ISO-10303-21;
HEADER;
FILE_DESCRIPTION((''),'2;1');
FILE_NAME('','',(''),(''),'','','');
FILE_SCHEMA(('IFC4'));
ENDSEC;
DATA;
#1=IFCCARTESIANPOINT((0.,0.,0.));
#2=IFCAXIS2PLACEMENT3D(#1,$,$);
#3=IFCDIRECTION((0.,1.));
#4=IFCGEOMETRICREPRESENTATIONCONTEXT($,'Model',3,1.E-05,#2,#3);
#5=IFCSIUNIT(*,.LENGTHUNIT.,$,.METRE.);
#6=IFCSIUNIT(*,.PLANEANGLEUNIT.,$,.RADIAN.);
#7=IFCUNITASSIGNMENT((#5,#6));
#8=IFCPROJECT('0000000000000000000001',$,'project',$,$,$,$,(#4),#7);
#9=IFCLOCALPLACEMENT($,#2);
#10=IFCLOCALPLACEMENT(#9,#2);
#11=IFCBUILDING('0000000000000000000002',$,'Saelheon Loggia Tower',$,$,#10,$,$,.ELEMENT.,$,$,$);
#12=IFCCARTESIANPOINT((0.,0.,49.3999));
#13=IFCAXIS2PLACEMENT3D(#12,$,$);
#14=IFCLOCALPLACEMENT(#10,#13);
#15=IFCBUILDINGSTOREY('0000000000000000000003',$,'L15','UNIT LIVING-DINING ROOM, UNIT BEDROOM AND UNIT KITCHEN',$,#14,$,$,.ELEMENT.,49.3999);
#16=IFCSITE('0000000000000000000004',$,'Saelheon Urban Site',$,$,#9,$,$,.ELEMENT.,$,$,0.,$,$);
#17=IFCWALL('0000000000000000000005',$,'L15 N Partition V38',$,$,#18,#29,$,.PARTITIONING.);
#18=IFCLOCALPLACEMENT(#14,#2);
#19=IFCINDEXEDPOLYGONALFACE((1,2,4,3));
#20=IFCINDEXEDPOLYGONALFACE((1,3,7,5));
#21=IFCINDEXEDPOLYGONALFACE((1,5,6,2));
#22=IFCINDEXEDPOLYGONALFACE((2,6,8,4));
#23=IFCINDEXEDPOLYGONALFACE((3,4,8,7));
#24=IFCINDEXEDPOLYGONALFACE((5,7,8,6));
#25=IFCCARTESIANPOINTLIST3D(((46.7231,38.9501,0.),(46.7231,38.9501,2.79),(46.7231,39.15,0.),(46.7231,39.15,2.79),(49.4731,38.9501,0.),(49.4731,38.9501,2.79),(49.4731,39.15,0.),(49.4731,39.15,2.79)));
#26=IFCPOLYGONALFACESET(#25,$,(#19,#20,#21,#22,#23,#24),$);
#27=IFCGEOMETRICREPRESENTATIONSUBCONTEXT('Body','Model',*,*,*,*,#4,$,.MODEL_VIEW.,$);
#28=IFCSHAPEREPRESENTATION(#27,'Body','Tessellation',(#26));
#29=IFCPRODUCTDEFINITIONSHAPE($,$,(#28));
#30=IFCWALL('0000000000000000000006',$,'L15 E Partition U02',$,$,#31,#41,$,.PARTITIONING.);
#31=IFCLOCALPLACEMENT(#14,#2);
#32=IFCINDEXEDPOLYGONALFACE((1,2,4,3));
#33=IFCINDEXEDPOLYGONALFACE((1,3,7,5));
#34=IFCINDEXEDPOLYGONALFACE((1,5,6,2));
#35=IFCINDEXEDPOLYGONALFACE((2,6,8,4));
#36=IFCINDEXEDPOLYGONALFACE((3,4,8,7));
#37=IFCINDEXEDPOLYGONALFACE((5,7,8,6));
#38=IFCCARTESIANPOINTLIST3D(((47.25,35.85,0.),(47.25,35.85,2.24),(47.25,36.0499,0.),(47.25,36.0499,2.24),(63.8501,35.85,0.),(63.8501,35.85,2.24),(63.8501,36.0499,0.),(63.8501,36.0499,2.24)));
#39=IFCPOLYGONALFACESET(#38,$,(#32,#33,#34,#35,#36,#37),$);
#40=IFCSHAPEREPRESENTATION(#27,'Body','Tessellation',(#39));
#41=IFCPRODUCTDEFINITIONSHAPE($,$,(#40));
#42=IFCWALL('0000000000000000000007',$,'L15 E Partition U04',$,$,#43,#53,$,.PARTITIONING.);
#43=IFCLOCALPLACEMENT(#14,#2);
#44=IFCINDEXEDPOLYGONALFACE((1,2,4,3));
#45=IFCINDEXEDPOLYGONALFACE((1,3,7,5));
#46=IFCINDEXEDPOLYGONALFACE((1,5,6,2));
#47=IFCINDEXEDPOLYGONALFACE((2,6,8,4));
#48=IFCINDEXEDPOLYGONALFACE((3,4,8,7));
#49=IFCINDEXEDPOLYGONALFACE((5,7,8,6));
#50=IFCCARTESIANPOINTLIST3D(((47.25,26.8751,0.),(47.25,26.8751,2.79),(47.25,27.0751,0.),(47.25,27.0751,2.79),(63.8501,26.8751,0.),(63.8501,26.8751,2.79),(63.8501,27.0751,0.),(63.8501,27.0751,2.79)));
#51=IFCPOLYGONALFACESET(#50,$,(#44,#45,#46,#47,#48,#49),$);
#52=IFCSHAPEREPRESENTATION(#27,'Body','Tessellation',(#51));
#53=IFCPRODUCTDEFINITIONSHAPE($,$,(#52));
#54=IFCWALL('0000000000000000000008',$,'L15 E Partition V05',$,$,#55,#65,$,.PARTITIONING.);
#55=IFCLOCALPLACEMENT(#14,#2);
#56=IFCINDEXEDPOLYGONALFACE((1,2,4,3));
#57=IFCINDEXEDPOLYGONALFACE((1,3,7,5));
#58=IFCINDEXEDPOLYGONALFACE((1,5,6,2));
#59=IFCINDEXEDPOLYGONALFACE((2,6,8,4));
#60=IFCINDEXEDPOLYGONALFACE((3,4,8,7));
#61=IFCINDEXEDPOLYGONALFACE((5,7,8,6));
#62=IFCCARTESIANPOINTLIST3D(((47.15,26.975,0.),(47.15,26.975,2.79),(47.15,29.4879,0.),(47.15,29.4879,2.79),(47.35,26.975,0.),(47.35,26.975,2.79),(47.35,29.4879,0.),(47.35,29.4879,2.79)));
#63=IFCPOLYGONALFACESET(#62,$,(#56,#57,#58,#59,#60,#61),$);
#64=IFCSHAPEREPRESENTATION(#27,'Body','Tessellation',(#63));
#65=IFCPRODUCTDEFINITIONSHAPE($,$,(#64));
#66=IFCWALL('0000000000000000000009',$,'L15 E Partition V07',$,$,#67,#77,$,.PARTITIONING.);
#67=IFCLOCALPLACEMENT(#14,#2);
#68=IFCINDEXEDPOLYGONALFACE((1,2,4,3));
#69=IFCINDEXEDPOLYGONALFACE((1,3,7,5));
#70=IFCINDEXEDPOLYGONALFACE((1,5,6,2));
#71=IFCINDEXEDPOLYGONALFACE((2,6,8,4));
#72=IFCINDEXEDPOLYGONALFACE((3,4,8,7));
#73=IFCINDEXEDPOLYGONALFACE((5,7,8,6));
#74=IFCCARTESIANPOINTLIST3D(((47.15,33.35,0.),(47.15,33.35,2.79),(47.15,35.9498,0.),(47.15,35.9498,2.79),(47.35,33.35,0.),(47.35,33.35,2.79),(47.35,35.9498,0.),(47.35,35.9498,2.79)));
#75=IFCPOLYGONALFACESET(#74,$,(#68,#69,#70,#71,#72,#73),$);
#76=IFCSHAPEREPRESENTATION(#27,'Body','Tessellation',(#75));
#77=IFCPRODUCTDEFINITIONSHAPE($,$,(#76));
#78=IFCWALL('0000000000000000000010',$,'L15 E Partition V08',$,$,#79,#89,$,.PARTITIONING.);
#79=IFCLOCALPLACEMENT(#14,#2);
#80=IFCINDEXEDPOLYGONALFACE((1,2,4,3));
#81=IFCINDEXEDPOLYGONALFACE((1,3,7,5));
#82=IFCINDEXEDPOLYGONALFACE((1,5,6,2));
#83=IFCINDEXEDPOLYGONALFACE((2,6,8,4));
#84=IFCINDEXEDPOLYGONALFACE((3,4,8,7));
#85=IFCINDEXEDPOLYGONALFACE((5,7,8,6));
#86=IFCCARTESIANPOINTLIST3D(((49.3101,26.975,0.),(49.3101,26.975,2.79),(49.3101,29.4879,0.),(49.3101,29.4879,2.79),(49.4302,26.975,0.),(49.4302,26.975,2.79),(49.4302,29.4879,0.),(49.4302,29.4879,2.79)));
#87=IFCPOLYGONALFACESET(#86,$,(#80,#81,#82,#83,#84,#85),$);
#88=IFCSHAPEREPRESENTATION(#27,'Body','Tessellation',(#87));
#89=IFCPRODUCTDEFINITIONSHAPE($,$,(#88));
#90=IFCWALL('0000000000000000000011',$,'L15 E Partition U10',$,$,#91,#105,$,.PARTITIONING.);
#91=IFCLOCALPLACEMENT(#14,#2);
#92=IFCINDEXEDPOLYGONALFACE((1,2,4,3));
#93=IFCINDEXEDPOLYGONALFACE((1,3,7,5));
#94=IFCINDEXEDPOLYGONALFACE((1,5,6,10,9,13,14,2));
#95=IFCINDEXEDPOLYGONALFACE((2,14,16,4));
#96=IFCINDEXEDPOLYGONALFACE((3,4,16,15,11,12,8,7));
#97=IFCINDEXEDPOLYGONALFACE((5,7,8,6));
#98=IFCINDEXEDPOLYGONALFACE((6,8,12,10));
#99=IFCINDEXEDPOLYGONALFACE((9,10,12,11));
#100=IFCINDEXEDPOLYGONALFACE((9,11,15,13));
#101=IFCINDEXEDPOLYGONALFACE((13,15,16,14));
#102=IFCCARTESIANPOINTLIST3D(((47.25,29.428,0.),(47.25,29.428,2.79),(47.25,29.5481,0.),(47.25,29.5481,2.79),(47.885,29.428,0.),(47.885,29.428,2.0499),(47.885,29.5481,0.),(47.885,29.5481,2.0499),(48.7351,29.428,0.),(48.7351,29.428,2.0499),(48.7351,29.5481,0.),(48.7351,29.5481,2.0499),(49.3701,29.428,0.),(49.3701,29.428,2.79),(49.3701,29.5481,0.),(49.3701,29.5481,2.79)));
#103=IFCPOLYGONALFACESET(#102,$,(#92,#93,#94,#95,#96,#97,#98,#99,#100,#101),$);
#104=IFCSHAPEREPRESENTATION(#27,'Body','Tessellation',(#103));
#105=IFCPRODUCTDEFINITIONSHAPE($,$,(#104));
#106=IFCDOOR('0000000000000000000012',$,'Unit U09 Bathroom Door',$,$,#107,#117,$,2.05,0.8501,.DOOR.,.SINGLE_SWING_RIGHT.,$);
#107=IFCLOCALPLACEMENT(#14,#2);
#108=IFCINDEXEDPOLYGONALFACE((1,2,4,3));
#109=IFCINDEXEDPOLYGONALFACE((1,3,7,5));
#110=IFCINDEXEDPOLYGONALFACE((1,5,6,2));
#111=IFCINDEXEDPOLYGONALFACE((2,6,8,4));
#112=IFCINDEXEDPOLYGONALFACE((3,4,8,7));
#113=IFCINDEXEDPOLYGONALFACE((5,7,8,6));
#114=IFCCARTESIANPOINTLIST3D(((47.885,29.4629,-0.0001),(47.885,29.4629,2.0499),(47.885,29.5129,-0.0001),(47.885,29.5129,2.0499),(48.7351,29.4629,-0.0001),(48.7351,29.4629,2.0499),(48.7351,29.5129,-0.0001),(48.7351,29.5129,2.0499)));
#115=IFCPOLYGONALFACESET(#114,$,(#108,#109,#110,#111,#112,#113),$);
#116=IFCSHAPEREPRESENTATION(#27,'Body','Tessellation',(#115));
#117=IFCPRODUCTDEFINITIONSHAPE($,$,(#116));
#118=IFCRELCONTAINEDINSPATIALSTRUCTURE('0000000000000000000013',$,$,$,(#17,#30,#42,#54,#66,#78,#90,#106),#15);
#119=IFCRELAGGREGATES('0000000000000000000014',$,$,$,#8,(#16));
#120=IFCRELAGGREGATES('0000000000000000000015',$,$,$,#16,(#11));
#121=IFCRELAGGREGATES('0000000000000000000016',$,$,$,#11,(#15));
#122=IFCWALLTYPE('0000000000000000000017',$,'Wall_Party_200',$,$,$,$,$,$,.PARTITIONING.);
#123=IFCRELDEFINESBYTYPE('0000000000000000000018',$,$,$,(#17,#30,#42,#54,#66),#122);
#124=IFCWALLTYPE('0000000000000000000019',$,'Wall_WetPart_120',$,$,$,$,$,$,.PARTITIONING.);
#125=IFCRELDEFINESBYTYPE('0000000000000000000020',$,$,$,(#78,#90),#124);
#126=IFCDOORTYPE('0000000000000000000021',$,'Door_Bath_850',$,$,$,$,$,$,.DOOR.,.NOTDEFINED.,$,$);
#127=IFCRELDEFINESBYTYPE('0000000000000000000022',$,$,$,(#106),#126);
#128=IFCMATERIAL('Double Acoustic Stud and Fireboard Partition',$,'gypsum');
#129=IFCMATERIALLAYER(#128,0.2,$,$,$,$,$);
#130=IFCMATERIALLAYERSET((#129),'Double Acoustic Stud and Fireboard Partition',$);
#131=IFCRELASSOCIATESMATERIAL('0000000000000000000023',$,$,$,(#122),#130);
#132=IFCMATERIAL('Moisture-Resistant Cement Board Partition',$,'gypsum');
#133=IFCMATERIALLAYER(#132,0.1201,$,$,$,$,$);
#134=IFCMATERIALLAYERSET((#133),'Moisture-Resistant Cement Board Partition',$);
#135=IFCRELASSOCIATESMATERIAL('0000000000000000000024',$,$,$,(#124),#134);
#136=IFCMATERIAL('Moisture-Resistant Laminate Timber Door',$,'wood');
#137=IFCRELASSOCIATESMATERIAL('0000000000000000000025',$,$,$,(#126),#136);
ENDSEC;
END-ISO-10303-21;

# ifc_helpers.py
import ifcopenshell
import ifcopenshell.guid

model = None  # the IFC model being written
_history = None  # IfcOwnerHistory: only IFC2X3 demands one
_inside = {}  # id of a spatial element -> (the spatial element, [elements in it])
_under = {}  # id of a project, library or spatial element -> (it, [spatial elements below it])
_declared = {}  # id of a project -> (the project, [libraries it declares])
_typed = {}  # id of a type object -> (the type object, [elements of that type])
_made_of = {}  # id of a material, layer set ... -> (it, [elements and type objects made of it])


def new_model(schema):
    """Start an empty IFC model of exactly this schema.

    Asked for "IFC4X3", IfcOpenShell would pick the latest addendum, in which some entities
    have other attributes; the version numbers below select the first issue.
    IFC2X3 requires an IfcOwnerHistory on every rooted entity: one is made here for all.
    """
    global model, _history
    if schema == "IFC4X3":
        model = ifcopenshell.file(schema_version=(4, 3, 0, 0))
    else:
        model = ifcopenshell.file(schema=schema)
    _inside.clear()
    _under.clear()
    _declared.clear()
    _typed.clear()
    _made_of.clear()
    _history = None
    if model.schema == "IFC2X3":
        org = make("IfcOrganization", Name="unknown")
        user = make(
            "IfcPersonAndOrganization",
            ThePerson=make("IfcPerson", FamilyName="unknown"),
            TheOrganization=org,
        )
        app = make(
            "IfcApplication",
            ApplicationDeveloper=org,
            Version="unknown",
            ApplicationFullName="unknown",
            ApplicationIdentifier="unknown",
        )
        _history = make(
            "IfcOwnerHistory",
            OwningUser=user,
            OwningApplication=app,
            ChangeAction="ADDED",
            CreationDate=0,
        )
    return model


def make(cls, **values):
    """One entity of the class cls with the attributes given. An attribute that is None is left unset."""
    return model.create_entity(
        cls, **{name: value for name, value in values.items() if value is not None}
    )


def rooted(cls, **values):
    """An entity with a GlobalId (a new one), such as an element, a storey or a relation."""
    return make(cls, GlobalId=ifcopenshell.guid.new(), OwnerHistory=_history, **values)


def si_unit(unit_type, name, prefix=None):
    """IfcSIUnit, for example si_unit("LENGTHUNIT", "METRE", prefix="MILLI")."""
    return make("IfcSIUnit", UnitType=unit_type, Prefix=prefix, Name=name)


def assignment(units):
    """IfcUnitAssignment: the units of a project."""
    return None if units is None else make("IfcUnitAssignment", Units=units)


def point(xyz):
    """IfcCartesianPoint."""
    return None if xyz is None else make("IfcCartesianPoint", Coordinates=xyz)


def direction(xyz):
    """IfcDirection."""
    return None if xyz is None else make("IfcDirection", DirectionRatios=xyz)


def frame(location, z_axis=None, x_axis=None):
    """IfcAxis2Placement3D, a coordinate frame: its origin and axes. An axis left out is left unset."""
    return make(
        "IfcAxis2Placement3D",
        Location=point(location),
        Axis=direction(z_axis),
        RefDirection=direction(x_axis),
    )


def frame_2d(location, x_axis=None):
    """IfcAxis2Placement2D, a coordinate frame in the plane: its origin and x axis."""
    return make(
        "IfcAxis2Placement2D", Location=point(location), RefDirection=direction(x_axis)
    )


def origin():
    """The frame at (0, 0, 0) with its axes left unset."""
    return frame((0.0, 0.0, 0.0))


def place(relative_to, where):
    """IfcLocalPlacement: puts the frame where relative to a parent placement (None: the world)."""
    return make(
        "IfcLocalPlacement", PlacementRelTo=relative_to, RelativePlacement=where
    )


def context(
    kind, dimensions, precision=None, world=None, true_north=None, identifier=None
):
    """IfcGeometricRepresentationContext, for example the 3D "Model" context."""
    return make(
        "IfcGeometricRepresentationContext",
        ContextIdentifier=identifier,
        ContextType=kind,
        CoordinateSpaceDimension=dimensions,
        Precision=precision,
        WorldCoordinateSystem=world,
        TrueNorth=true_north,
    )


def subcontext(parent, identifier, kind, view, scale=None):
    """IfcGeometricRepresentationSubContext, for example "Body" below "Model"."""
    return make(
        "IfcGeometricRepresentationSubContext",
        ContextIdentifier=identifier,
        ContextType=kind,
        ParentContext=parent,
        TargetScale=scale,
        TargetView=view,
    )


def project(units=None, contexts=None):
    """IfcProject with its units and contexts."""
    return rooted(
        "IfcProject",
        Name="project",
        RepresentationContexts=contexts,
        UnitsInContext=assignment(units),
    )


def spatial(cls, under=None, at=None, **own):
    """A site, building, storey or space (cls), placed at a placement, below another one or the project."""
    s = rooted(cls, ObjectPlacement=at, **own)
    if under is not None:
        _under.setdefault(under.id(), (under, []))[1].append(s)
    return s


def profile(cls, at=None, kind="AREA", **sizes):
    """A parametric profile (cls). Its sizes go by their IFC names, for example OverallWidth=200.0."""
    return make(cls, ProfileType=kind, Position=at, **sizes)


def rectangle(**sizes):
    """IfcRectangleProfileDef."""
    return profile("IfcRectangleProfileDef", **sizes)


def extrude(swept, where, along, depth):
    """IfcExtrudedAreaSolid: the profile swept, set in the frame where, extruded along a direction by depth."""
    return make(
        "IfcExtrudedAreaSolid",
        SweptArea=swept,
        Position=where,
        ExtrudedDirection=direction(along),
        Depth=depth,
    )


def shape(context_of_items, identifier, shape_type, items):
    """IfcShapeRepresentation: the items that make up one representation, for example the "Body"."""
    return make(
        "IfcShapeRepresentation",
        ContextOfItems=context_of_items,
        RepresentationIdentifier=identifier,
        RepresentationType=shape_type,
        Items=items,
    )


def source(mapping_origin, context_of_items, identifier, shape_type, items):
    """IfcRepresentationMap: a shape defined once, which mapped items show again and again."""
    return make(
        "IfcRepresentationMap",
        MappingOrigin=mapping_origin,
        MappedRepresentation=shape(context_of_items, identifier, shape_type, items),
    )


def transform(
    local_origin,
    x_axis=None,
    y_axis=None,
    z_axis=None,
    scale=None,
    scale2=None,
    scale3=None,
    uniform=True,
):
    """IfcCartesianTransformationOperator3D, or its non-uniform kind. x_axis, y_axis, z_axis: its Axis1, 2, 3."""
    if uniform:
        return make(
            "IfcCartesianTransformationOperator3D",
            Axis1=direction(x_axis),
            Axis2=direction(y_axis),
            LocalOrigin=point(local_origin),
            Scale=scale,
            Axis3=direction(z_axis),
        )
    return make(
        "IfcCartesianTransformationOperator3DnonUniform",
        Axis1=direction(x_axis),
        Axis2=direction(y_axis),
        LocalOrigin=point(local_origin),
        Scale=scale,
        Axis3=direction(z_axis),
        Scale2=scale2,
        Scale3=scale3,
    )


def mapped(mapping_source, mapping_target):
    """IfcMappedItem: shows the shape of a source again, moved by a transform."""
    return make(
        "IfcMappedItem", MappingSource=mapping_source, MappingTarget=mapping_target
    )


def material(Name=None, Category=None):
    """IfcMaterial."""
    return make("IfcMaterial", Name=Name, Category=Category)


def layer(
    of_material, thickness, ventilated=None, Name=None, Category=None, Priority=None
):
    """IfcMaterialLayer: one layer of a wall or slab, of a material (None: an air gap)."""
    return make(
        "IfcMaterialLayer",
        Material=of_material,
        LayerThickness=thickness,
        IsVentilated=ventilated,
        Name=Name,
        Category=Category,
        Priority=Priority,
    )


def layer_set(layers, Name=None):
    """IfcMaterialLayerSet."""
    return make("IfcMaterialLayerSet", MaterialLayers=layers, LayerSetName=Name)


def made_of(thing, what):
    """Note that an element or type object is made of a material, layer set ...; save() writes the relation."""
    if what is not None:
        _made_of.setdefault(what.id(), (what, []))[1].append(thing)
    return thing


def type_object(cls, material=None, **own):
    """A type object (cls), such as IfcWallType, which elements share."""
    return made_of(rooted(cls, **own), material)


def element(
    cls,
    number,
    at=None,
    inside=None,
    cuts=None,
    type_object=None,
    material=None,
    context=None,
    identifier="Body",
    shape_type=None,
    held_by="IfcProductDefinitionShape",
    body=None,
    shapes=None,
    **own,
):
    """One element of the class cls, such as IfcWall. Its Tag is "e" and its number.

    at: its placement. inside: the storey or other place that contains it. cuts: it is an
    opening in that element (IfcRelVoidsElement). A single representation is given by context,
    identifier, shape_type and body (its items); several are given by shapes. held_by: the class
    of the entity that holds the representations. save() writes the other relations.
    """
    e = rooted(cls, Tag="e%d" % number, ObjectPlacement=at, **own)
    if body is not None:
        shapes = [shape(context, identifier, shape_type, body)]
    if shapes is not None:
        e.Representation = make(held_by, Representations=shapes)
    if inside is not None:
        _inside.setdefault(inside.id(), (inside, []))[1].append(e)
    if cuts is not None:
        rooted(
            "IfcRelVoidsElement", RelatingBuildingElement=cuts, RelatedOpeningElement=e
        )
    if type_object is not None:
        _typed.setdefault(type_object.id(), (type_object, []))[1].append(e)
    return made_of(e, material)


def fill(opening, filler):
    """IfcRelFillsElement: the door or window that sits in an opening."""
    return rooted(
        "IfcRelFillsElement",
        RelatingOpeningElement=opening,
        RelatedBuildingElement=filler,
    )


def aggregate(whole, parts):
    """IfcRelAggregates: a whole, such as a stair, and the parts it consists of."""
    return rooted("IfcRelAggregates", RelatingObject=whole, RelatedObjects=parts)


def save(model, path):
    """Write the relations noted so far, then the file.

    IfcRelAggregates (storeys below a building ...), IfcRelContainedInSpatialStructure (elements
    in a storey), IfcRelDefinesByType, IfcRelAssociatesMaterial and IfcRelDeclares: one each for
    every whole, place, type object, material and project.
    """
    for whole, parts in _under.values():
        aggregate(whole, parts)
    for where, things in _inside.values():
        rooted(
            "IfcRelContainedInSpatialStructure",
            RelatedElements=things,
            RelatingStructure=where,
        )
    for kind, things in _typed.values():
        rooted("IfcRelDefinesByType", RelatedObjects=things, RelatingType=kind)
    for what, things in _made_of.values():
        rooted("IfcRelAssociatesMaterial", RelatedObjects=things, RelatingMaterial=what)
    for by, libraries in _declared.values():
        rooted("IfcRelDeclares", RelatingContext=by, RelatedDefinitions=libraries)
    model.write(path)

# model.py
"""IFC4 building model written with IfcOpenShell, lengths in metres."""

from ifc_helpers import new_model, si_unit, direction, frame, frame_2d, origin, place, context, subcontext, project, spatial, rectangle, extrude, source, transform, mapped, material, layer, layer_set, type_object, element, fill, save


model = new_model("IFC4")

# Units and contexts
model_context = context("Model", 3, precision=1e-05, world=origin(), true_north=direction((0.0, 1.0)))
body_context = subcontext(model_context, "Body", "Model", "MODEL_VIEW")
ifc_project = project(units=[si_unit("LENGTHUNIT", "METRE"), si_unit("PLANEANGLEUNIT", "RADIAN")], contexts=[model_context])

# Site, building, storey
site_placement = place(None, origin())
site = spatial("IfcSite", under=ifc_project, at=site_placement, Name="Saelheon Urban Site", CompositionType="ELEMENT", RefElevation=0.0)
building_placement = place(site_placement, origin())
building = spatial("IfcBuilding", under=site, at=building_placement, Name="Saelheon Loggia Tower", CompositionType="ELEMENT")
storey_placement = place(building_placement, frame((0.0, 0.0, 49.3999)))
storey = spatial("IfcBuildingStorey", under=building, at=storey_placement, Name="L15", Description="UNIT LIVING-DINING ROOM, UNIT BEDROOM AND UNIT KITCHEN", CompositionType="ELEMENT", Elevation=49.3999)

# Walls
ifc_material_1 = material(Name="Double Acoustic Stud and Fireboard Partition", Category="gypsum")
ifc_layer_1 = layer(ifc_material_1, 0.2)
ifc_layer_set_1 = layer_set([ifc_layer_1], Name="Double Acoustic Stud and Fireboard Partition")
wall_type_1 = type_object("IfcWallType", Name="Wall_Party_200", PredefinedType="PARTITIONING", material=ifc_layer_set_1)
wall_1_placement = place(storey_placement, frame((46.7231, 39.05, 0.0), z_axis=(0.0, 0.0, 1.0), x_axis=(1.0, 0.0, 0.0)))
element("IfcWall", 1, at=wall_1_placement, inside=storey, type_object=wall_type_1, Name="L15 N Partition V38", PredefinedType="PARTITIONING", context=body_context, shape_type="SweptSolid", body=[
    extrude(rectangle(XDim=2.75, YDim=0.2, at=frame_2d((1.375, 0.0))), origin(), (0.0, 0.0, 1.0), 2.79),
])
wall_2_placement = place(storey_placement, frame((47.25, 35.95, 0.0), z_axis=(0.0, 0.0, 1.0), x_axis=(1.0, 0.0, 0.0)))
element("IfcWall", 2, at=wall_2_placement, inside=storey, type_object=wall_type_1, Name="L15 E Partition U02", PredefinedType="PARTITIONING", context=body_context, shape_type="SweptSolid", body=[
    extrude(rectangle(XDim=16.6001, YDim=0.2, at=frame_2d((8.3, 0.0))), origin(), (0.0, 0.0, 1.0), 2.24),
])
wall_3_placement = place(storey_placement, frame((47.25, 26.9751, 0.0), z_axis=(0.0, 0.0, 1.0), x_axis=(1.0, 0.0, 0.0)))
element("IfcWall", 3, at=wall_3_placement, inside=storey, type_object=wall_type_1, Name="L15 E Partition U04", PredefinedType="PARTITIONING", context=body_context, shape_type="SweptSolid", body=[
    extrude(rectangle(XDim=16.6001, YDim=0.2, at=frame_2d((8.3, 0.0))), origin(), (0.0, 0.0, 1.0), 2.79),
])
wall_4_placement = place(storey_placement, frame((47.25, 26.9751, 0.0), z_axis=(0.0, 0.0, 1.0), x_axis=(0.0, 1.0, 0.0)))
element("IfcWall", 4, at=wall_4_placement, inside=storey, type_object=wall_type_1, Name="L15 E Partition V05", PredefinedType="PARTITIONING", context=body_context, shape_type="SweptSolid", body=[
    extrude(rectangle(XDim=2.5129, YDim=0.2, at=frame_2d((1.2563, 0.0))), origin(), (0.0, 0.0, 1.0), 2.79),
])

# Walls
wall_5_placement = place(storey_placement, frame((47.25, 33.3501, 0.0), z_axis=(0.0, 0.0, 1.0), x_axis=(0.0, 1.0, 0.0)))
element("IfcWall", 5, at=wall_5_placement, inside=storey, type_object=wall_type_1, Name="L15 E Partition V07", PredefinedType="PARTITIONING", context=body_context, shape_type="SweptSolid", body=[
    extrude(rectangle(XDim=2.5999, YDim=0.2, at=frame_2d((1.2998, 0.0))), origin(), (0.0, 0.0, 1.0), 2.79),
])
ifc_material_2 = material(Name="Moisture-Resistant Cement Board Partition", Category="gypsum")
ifc_layer_2 = layer(ifc_material_2, 0.1201)
ifc_layer_set_2 = layer_set([ifc_layer_2], Name="Moisture-Resistant Cement Board Partition")
wall_type_2 = type_object("IfcWallType", Name="Wall_WetPart_120", PredefinedType="PARTITIONING", material=ifc_layer_set_2)
wall_6_placement = place(storey_placement, frame((49.3701, 26.9751, 0.0), z_axis=(0.0, 0.0, 1.0), x_axis=(0.0, 1.0, 0.0)))
element("IfcWall", 6, at=wall_6_placement, inside=storey, type_object=wall_type_2, Name="L15 E Partition V08", PredefinedType="PARTITIONING", context=body_context, shape_type="SweptSolid", body=[
    extrude(rectangle(XDim=2.5129, YDim=0.1201, at=frame_2d((1.2563, 0.0))), origin(), (0.0, 0.0, 1.0), 2.79),
])

# Wall, opening, door
wall_7_placement = place(storey_placement, frame((47.25, 29.488, 0.0), z_axis=(0.0, 0.0, 1.0), x_axis=(1.0, 0.0, 0.0)))
wall_7 = element("IfcWall", 7, at=wall_7_placement, inside=storey, type_object=wall_type_2, Name="L15 E Partition U10", PredefinedType="PARTITIONING", context=body_context, shape_type="SweptSolid", body=[
    extrude(rectangle(XDim=2.1201, YDim=0.1201, at=frame_2d((1.0601, 0.0))), origin(), (0.0, 0.0, 1.0), 2.79),
])
opening_1_placement = place(wall_7_placement, frame((0.635, 0.0, 0.0)))
opening_1 = element("IfcOpeningElement", 8, at=opening_1_placement, cuts=wall_7, PredefinedType="OPENING", context=body_context, shape_type="SweptSolid", body=[
    extrude(rectangle(XDim=0.8501, YDim=2.05, at=frame_2d((0.425, 1.0249))), frame((0.0, 0.072, 0.0), z_axis=(0.0, -1.0, 0.0), x_axis=(1.0, 0.0, 0.0)), (0.0, 0.0, 1.0), 0.144),
])
ifc_material_3 = material(Name="Moisture-Resistant Laminate Timber Door", Category="wood")
door_type_1 = type_object("IfcDoorType", Name="Door_Bath_850", OperationType="NOTDEFINED", PredefinedType="DOOR", material=ifc_material_3)
shared_shape_1 = source(origin(), body_context, "Body", "SweptSolid", [
    extrude(rectangle(XDim=0.8501, YDim=2.05, at=frame_2d((0.425, 1.0249))), frame((0.0, 0.0249, 0.0), z_axis=(0.0, -1.0, 0.0), x_axis=(1.0, 0.0, 0.0)), (0.0, 0.0, 1.0), 0.05),
])
door_1_placement = place(opening_1_placement, origin())
door_1 = element("IfcDoor", 9, at=door_1_placement, inside=storey, type_object=door_type_1, Name="Unit U09 Bathroom Door", OperationType="SINGLE_SWING_RIGHT", OverallHeight=2.05, OverallWidth=0.8501, PredefinedType="DOOR", context=body_context, shape_type="MappedRepresentation", body=[
    mapped(shared_shape_1, transform((0.0, 0.0, 0.0), scale=1.0)),
])
fill(opening_1, door_1)

save(model, "model.ifc")
